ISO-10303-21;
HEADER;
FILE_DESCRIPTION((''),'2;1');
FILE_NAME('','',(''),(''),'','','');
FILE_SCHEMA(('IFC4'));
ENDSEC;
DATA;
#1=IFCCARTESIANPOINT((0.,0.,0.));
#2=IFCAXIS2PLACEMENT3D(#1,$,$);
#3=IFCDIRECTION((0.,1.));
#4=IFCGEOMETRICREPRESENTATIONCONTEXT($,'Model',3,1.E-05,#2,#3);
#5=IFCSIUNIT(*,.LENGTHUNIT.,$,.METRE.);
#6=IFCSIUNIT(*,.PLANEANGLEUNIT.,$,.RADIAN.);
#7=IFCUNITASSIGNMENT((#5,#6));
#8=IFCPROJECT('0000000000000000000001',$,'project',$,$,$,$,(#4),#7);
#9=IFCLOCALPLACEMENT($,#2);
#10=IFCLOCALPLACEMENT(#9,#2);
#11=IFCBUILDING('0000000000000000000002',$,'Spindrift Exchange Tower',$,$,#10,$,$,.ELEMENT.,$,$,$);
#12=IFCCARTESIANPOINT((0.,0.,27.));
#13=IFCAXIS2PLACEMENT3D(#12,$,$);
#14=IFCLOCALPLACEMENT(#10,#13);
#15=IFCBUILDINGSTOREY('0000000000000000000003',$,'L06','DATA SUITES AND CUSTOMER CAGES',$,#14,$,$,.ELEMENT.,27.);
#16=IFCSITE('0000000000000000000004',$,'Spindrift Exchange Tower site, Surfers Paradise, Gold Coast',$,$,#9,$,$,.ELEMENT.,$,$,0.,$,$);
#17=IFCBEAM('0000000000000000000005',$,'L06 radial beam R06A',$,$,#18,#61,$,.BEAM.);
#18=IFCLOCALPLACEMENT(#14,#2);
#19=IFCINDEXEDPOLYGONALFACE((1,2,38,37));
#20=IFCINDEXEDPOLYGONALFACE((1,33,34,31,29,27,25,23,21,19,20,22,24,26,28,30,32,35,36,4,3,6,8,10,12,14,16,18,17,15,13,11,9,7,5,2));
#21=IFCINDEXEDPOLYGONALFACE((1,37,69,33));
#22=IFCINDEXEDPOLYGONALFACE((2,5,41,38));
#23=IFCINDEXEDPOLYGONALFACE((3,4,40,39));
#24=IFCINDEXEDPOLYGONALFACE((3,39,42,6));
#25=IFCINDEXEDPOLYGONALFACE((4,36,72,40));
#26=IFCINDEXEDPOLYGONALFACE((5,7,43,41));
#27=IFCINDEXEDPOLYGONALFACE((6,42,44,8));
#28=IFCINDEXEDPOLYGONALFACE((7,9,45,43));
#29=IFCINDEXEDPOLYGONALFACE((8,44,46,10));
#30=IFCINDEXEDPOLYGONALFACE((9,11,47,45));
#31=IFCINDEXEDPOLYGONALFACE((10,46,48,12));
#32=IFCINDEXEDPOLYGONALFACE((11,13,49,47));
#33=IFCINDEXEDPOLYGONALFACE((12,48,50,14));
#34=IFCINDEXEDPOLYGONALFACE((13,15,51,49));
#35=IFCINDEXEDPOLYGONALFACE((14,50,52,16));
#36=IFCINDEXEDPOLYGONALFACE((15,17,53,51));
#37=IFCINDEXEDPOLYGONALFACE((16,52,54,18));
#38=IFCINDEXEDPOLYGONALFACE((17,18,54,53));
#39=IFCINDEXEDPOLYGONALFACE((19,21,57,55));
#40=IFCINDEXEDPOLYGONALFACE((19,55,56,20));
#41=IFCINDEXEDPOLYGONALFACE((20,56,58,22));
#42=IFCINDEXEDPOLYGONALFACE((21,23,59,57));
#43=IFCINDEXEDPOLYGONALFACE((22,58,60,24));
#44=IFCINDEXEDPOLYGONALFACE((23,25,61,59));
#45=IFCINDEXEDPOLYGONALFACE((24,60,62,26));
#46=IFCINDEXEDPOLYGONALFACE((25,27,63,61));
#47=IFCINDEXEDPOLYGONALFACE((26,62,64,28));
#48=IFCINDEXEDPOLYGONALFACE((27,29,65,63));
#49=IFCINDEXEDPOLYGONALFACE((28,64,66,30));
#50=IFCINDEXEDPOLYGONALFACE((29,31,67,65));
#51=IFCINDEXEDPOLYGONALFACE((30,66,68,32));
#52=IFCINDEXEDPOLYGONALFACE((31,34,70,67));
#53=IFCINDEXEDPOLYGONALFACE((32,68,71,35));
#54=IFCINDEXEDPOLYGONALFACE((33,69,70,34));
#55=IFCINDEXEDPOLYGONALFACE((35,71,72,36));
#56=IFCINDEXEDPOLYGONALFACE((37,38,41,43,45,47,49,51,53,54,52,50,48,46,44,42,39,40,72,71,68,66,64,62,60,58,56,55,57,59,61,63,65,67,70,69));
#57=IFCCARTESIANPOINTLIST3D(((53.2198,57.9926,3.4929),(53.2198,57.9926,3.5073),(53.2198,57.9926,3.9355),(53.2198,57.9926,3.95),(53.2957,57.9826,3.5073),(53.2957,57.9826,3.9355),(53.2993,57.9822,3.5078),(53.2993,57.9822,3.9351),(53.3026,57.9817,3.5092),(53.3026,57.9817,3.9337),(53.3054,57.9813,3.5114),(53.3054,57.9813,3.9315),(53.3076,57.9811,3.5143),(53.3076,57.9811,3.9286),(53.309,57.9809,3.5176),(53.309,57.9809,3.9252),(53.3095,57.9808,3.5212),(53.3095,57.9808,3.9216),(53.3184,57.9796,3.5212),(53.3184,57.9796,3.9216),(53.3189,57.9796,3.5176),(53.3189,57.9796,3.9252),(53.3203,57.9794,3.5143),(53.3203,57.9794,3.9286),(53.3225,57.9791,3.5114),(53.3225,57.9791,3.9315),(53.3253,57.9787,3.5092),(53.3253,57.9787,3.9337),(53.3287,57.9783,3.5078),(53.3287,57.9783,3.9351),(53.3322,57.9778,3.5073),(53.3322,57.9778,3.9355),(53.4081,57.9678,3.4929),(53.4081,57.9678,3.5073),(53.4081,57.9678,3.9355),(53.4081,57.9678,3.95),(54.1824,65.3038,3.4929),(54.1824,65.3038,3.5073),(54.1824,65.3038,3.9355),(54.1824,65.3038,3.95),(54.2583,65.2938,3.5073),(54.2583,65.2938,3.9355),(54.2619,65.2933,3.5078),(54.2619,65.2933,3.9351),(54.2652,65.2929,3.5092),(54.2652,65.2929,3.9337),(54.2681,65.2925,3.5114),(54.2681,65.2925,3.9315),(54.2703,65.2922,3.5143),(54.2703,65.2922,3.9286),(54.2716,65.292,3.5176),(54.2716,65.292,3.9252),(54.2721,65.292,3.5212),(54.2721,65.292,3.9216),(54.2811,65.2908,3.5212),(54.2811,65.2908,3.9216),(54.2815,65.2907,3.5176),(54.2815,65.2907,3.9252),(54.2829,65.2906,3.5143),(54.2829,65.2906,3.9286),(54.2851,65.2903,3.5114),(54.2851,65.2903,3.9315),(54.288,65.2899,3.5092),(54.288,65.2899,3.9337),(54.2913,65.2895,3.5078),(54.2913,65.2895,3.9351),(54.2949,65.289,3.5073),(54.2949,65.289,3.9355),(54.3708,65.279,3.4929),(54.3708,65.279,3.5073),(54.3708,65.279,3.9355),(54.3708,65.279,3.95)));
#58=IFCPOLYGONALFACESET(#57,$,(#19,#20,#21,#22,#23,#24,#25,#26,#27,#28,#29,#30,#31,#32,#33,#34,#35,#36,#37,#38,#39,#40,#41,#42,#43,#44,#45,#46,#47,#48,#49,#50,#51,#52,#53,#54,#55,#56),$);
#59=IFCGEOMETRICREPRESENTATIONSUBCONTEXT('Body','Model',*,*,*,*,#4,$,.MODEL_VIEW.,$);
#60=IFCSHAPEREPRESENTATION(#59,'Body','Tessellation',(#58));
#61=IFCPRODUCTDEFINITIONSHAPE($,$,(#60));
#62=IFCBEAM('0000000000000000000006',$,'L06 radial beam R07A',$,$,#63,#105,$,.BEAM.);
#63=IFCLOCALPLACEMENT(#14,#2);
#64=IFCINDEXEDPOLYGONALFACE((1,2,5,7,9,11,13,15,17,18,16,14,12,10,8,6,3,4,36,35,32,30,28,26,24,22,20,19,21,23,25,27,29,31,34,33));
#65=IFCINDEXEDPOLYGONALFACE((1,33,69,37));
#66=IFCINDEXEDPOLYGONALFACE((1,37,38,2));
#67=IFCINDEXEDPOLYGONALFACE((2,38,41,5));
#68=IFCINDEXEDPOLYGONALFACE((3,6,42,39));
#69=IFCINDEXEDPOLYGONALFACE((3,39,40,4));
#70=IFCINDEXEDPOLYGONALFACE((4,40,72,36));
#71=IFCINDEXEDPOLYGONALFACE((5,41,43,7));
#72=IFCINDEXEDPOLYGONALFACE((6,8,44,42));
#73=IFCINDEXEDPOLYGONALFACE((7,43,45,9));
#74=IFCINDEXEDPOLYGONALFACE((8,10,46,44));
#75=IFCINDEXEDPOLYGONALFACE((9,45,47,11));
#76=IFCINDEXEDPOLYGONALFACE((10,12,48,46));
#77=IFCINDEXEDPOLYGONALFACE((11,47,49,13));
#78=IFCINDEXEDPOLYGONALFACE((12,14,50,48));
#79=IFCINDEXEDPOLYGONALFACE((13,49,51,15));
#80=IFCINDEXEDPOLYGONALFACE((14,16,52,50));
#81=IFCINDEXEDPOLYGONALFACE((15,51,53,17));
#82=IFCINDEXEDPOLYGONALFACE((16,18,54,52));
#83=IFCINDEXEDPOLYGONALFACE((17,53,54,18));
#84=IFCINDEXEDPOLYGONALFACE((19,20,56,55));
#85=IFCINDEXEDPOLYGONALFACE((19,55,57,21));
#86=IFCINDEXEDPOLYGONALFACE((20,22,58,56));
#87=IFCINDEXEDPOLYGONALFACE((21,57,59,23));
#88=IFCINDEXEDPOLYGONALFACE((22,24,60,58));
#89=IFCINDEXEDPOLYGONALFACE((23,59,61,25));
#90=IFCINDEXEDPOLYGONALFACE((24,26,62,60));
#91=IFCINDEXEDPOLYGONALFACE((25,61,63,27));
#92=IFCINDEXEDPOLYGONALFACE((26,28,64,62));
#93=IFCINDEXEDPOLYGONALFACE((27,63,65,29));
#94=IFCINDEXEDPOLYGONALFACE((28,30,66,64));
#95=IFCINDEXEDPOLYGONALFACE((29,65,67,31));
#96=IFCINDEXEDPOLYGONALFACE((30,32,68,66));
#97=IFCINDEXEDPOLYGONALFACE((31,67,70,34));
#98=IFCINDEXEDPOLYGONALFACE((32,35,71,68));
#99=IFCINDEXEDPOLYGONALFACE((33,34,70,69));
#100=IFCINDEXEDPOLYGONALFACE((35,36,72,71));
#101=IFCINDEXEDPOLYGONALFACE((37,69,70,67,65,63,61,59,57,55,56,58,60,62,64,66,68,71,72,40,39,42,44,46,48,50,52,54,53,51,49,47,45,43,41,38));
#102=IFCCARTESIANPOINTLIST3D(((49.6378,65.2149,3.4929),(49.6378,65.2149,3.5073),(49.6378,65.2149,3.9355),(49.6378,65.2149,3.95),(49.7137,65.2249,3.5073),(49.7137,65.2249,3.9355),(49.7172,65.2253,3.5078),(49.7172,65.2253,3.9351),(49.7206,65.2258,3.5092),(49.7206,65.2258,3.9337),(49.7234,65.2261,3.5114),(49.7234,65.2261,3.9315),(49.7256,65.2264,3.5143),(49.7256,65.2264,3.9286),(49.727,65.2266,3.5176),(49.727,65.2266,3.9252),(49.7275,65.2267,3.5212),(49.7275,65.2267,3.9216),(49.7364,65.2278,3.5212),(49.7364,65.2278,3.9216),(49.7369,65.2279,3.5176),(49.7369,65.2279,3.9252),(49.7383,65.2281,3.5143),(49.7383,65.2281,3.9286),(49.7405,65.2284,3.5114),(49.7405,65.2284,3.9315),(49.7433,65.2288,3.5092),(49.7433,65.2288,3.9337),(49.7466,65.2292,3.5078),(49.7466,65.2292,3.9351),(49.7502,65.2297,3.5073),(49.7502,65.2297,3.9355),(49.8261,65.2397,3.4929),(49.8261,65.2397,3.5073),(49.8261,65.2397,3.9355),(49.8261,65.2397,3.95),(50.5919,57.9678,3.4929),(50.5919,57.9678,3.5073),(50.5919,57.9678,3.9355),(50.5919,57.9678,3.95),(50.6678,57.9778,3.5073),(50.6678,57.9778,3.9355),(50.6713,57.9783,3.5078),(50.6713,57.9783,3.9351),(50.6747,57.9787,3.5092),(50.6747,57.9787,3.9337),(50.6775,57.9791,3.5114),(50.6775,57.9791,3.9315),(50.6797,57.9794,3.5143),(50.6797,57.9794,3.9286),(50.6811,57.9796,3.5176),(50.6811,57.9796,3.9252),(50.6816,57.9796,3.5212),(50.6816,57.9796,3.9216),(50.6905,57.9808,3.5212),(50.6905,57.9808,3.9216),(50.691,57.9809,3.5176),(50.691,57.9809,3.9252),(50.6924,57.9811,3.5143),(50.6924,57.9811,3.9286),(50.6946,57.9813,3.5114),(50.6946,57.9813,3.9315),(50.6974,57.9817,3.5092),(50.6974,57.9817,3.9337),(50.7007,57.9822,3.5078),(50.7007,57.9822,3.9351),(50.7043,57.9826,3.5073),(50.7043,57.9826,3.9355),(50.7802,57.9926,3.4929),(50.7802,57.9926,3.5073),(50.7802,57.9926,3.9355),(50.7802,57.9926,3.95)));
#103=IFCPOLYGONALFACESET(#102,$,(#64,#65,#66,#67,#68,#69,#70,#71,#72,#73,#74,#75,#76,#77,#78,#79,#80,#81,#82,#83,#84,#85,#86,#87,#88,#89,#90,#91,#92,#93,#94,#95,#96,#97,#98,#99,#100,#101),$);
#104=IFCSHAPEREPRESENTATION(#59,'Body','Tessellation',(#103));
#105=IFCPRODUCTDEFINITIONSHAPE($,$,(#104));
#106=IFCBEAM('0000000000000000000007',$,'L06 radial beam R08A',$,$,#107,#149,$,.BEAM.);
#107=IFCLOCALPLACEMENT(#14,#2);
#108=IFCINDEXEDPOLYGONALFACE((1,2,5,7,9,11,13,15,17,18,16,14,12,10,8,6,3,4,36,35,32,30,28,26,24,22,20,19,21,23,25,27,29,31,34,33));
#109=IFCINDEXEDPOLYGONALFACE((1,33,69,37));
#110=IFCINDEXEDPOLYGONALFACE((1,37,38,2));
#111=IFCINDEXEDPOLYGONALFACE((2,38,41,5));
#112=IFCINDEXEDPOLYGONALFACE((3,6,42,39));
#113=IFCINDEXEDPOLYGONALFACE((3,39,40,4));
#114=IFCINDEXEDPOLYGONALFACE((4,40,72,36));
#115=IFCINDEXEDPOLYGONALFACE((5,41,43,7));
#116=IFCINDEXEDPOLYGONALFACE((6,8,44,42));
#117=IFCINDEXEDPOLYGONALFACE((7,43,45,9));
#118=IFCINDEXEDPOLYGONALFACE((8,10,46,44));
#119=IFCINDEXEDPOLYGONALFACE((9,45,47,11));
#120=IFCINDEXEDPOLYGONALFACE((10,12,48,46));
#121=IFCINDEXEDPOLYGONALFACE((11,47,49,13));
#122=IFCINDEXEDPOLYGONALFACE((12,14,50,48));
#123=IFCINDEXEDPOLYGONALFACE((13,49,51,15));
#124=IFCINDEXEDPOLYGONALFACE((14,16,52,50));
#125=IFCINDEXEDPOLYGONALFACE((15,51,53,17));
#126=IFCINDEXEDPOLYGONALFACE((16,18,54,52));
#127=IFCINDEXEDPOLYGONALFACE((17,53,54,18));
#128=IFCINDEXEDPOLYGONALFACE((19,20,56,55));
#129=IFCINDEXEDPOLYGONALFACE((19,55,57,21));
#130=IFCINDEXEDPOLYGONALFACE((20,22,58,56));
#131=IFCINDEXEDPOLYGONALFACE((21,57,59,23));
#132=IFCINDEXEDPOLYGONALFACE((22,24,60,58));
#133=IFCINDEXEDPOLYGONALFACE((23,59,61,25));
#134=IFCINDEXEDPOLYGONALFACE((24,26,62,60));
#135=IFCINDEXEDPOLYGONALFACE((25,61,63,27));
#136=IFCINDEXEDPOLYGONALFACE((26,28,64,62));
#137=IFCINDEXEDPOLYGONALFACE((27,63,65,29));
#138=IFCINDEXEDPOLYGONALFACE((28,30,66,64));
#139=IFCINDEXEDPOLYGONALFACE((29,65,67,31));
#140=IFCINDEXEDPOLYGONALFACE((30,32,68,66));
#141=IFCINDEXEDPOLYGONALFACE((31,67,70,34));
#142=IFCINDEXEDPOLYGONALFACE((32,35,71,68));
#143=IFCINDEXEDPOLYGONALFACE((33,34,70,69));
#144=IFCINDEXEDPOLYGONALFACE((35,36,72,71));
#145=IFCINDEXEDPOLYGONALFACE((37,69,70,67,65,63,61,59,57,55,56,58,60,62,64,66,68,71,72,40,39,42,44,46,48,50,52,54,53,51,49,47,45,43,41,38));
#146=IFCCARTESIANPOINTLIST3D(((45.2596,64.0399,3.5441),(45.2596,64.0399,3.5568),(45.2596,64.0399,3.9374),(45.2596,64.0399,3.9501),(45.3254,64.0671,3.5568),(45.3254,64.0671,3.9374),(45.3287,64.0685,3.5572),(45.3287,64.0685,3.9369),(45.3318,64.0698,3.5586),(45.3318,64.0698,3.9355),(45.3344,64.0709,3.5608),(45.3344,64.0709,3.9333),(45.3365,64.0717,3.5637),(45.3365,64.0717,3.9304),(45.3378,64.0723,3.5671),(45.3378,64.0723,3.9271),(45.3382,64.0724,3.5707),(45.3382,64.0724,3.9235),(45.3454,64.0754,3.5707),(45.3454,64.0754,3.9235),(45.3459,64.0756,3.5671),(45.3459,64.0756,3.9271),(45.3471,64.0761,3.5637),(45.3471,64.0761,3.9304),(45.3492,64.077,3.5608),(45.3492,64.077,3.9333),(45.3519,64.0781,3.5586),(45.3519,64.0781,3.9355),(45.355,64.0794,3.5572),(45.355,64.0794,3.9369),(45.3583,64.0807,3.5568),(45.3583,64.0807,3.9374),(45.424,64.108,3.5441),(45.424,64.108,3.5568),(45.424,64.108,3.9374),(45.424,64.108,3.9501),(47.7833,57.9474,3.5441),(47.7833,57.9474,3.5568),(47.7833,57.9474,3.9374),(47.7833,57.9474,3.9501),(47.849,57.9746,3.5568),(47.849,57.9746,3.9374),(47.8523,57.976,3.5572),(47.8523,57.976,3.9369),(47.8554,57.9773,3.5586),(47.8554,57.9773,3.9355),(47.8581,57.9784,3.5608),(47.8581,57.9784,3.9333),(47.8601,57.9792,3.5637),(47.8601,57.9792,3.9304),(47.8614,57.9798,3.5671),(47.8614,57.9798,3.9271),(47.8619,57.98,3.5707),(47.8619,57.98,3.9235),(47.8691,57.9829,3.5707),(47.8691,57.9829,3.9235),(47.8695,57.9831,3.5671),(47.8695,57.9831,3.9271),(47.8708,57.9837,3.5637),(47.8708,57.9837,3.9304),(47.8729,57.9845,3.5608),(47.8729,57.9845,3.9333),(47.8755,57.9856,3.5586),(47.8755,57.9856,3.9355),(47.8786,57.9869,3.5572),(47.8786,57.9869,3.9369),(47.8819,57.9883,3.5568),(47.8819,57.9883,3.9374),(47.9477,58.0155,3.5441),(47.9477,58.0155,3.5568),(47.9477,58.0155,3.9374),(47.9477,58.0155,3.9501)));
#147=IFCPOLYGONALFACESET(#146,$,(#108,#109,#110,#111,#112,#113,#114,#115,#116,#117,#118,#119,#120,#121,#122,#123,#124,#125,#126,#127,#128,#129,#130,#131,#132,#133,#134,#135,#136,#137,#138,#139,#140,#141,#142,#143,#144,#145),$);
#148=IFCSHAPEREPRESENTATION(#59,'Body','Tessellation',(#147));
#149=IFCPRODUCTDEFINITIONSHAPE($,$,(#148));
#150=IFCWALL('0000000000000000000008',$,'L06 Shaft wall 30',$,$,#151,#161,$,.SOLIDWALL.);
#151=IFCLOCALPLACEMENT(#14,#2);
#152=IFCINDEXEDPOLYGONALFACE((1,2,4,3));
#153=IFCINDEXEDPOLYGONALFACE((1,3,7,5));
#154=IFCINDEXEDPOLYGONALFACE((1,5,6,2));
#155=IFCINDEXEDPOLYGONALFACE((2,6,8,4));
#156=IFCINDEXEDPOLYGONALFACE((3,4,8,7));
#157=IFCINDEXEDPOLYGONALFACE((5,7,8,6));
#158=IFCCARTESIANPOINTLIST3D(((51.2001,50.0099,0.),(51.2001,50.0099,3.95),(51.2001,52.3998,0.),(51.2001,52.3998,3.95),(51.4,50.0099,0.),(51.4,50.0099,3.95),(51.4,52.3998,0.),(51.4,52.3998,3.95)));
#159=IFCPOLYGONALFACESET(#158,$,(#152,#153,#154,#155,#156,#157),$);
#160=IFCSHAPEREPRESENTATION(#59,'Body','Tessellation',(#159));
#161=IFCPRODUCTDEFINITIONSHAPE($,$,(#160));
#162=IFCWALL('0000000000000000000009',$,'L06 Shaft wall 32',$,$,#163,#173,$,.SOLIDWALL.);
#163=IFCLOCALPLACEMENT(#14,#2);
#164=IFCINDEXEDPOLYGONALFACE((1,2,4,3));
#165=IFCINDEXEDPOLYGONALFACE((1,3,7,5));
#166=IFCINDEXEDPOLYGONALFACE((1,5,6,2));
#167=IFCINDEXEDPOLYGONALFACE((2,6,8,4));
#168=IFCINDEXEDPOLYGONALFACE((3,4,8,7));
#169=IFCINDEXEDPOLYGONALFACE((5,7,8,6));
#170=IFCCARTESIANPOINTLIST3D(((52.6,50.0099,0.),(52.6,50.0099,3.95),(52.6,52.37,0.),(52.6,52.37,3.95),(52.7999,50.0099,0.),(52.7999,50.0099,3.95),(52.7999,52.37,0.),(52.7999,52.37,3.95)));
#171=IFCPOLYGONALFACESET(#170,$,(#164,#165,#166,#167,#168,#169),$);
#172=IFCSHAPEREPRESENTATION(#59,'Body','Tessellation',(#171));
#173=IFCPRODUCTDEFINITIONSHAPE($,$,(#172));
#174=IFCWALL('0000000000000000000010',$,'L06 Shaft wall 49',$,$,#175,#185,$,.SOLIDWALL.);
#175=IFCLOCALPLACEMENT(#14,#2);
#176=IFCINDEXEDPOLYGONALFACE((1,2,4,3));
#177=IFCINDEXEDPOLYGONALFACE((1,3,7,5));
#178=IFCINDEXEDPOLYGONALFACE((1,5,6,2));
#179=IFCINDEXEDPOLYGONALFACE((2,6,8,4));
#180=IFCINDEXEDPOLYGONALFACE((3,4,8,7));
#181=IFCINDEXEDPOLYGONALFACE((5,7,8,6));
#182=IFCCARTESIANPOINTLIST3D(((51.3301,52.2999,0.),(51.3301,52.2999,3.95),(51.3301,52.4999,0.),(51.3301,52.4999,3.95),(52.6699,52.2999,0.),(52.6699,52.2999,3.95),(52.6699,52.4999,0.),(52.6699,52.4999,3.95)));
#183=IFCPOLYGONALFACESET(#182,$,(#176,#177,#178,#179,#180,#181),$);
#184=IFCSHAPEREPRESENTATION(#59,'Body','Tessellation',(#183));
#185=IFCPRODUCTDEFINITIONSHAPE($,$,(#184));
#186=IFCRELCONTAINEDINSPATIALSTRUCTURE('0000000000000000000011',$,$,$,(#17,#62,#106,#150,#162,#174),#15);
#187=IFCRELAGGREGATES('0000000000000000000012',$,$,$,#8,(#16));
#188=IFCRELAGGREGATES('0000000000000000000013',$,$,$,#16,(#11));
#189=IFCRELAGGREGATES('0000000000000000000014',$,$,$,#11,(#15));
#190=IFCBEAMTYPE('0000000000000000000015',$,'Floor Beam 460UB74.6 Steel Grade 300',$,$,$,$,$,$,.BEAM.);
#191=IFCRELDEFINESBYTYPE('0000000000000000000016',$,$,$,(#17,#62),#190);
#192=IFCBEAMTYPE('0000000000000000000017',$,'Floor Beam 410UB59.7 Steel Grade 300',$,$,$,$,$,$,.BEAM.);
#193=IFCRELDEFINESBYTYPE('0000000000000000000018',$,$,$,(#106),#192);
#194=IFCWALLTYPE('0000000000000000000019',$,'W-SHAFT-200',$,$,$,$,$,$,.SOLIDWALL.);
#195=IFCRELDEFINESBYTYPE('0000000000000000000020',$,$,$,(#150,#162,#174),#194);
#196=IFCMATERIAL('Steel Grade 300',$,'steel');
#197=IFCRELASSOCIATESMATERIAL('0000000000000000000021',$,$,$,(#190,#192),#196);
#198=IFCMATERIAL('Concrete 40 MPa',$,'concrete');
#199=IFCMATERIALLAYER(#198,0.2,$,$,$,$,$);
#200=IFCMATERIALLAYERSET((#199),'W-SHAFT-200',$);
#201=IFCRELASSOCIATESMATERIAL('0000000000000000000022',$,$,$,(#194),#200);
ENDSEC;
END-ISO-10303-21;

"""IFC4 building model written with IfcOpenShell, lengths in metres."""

from ifc_helpers import new_model, si_unit, direction, frame, frame_2d, origin, origin_2d, place, context, subcontext, project, spatial, rectangle, i_section, extrude, source, transform, mapped, material, layer, layer_set, material_profile, profile_set, type_object, element, save


model = new_model("IFC4")

# Units and contexts
model_context = context("Model", 3, precision=1e-05, world=origin(), true_north=direction((0.0, 1.0)))
body_context = subcontext(model_context, "Body", "Model", "MODEL_VIEW")
ifc_project = project(units=[si_unit("LENGTHUNIT", "METRE"), si_unit("PLANEANGLEUNIT", "RADIAN")], contexts=[model_context])

# Site, building, storey
site_placement = place(None, origin())
site = spatial("IfcSite", under=ifc_project, at=site_placement, Name="Spindrift Exchange Tower site, Surfers Paradise, Gold Coast", CompositionType="ELEMENT", RefElevation=0.0)
building_placement = place(site_placement, origin())
building = spatial("IfcBuilding", under=site, at=building_placement, Name="Spindrift Exchange Tower", CompositionType="ELEMENT")
storey_placement = place(building_placement, frame((0.0, 0.0, 27.0)))
storey = spatial("IfcBuildingStorey", under=building, at=storey_placement, Name="L06", Description="DATA SUITES AND CUSTOMER CAGES", CompositionType="ELEMENT", Elevation=27.0)

# Beams
ifc_material_1 = material(Name="Steel Grade 300", Category="steel")
ifc_material_profile_1 = material_profile(ifc_material_1, i_section(OverallWidth=0.1899, OverallDepth=0.457, WebThickness=0.009, FlangeThickness=0.0144, FilletRadius=0.0139, at=origin_2d()), Name="460UB74.6")
ifc_profile_set_1 = profile_set([ifc_material_profile_1], Name="Steel Grade 300")
beam_type_1 = type_object("IfcBeamType", Name="Floor Beam 460UB74.6 Steel Grade 300", PredefinedType="BEAM", material=ifc_profile_set_1)
shared_shape_1 = source(origin(), body_context, "Body", "SweptSolid", [
    extrude(i_section(OverallWidth=0.1899, OverallDepth=0.457, WebThickness=0.009, FlangeThickness=0.0144, FilletRadius=0.0139, at=origin_2d()), origin(), (0.0, 0.0, 1.0), 7.3743),
])
beam_1_placement = place(storey_placement, frame((53.314, 57.9802, 3.7214), z_axis=(0.130539, 0.991443, 0.0), x_axis=(-0.991443, 0.130539, 0.0)))
element("IfcBeam", 1, at=beam_1_placement, inside=storey, type_object=beam_type_1, Name="L06 radial beam R06A", PredefinedType="BEAM", context=body_context, shape_type="MappedRepresentation", body=[
    mapped(shared_shape_1, transform((0.0, 0.0, 0.0), scale=1.0)),
])
shared_shape_2 = source(origin(), body_context, "Body", "SweptSolid", [
    extrude(i_section(OverallWidth=0.1899, OverallDepth=0.457, WebThickness=0.009, FlangeThickness=0.0144, FilletRadius=0.0139, at=origin_2d()), origin(), (0.0, 0.0, 1.0), 7.3096),
])
beam_2_placement = place(storey_placement, frame((50.686, 57.9802, 3.7214), z_axis=(-0.130527, 0.991445, 0.0), x_axis=(-0.991445, -0.130527, 0.0)))
element("IfcBeam", 2, at=beam_2_placement, inside=storey, type_object=beam_type_1, Name="L06 radial beam R07A", PredefinedType="BEAM", context=body_context, shape_type="MappedRepresentation", body=[
    mapped(shared_shape_2, transform((0.0, 0.0, 0.0), scale=1.0)),
])
ifc_material_profile_2 = material_profile(ifc_material_1, i_section(OverallWidth=0.178, OverallDepth=0.406, WebThickness=0.0078, FlangeThickness=0.0127, FilletRadius=0.0139, at=origin_2d()), Name="410UB59.7")
ifc_profile_set_2 = profile_set([ifc_material_profile_2], Name="Steel Grade 300")
beam_type_2 = type_object("IfcBeamType", Name="Floor Beam 410UB59.7 Steel Grade 300", PredefinedType="BEAM", material=ifc_profile_set_2)
shared_shape_3 = source(origin(), body_context, "Body", "SweptSolid", [
    extrude(i_section(OverallWidth=0.178, OverallDepth=0.406, WebThickness=0.0078, FlangeThickness=0.0127, FilletRadius=0.0139, at=origin_2d()), origin(), (0.0, 0.0, 1.0), 6.5945),
])
beam_3_placement = place(storey_placement, frame((47.8655, 57.9814, 3.7471), z_axis=(-0.382693, 0.923876, 0.0), x_axis=(-0.923876, -0.382693, 0.0)))
element("IfcBeam", 3, at=beam_3_placement, inside=storey, type_object=beam_type_2, Name="L06 radial beam R08A", PredefinedType="BEAM", context=body_context, shape_type="MappedRepresentation", body=[
    mapped(shared_shape_3, transform((0.0, 0.0, 0.0), scale=1.0)),
])

# Walls
ifc_material_2 = material(Name="Concrete 40 MPa", Category="concrete")
ifc_layer_1 = layer(ifc_material_2, 0.2)
ifc_layer_set_1 = layer_set([ifc_layer_1], Name="W-SHAFT-200")
wall_type_1 = type_object("IfcWallType", Name="W-SHAFT-200", PredefinedType="SOLIDWALL", material=ifc_layer_set_1)
wall_1_placement = place(storey_placement, frame((51.3, 50.01, 0.0), z_axis=(0.0, 0.0, 1.0), x_axis=(0.0, 1.0, 0.0)))
element("IfcWall", 4, at=wall_1_placement, inside=storey, type_object=wall_type_1, Name="L06 Shaft wall 30", PredefinedType="SOLIDWALL", context=body_context, shape_type="SweptSolid", body=[
    extrude(rectangle(XDim=2.3899, YDim=0.2, at=frame_2d((1.1948, 0.0))), origin(), (0.0, 0.0, 1.0), 3.95),
])
wall_2_placement = place(storey_placement, frame((52.7, 52.3701, 0.0), z_axis=(0.0, 0.0, 1.0), x_axis=(0.0, -1.0, 0.0)))
element("IfcWall", 5, at=wall_2_placement, inside=storey, type_object=wall_type_1, Name="L06 Shaft wall 32", PredefinedType="SOLIDWALL", context=body_context, shape_type="SweptSolid", body=[
    extrude(rectangle(XDim=2.3601, YDim=0.2, at=frame_2d((1.1802, 0.0))), origin(), (0.0, 0.0, 1.0), 3.95),
])
wall_3_placement = place(storey_placement, frame((51.3301, 52.3999, 0.0), z_axis=(0.0, 0.0, 1.0), x_axis=(1.0, 0.0, 0.0)))
element("IfcWall", 6, at=wall_3_placement, inside=storey, type_object=wall_type_1, Name="L06 Shaft wall 49", PredefinedType="SOLIDWALL", context=body_context, shape_type="SweptSolid", body=[
    extrude(rectangle(XDim=1.3398, YDim=0.2, at=frame_2d((0.6699, 0.0))), origin(), (0.0, 0.0, 1.0), 3.95),
])

save(model, "model.ifc")
